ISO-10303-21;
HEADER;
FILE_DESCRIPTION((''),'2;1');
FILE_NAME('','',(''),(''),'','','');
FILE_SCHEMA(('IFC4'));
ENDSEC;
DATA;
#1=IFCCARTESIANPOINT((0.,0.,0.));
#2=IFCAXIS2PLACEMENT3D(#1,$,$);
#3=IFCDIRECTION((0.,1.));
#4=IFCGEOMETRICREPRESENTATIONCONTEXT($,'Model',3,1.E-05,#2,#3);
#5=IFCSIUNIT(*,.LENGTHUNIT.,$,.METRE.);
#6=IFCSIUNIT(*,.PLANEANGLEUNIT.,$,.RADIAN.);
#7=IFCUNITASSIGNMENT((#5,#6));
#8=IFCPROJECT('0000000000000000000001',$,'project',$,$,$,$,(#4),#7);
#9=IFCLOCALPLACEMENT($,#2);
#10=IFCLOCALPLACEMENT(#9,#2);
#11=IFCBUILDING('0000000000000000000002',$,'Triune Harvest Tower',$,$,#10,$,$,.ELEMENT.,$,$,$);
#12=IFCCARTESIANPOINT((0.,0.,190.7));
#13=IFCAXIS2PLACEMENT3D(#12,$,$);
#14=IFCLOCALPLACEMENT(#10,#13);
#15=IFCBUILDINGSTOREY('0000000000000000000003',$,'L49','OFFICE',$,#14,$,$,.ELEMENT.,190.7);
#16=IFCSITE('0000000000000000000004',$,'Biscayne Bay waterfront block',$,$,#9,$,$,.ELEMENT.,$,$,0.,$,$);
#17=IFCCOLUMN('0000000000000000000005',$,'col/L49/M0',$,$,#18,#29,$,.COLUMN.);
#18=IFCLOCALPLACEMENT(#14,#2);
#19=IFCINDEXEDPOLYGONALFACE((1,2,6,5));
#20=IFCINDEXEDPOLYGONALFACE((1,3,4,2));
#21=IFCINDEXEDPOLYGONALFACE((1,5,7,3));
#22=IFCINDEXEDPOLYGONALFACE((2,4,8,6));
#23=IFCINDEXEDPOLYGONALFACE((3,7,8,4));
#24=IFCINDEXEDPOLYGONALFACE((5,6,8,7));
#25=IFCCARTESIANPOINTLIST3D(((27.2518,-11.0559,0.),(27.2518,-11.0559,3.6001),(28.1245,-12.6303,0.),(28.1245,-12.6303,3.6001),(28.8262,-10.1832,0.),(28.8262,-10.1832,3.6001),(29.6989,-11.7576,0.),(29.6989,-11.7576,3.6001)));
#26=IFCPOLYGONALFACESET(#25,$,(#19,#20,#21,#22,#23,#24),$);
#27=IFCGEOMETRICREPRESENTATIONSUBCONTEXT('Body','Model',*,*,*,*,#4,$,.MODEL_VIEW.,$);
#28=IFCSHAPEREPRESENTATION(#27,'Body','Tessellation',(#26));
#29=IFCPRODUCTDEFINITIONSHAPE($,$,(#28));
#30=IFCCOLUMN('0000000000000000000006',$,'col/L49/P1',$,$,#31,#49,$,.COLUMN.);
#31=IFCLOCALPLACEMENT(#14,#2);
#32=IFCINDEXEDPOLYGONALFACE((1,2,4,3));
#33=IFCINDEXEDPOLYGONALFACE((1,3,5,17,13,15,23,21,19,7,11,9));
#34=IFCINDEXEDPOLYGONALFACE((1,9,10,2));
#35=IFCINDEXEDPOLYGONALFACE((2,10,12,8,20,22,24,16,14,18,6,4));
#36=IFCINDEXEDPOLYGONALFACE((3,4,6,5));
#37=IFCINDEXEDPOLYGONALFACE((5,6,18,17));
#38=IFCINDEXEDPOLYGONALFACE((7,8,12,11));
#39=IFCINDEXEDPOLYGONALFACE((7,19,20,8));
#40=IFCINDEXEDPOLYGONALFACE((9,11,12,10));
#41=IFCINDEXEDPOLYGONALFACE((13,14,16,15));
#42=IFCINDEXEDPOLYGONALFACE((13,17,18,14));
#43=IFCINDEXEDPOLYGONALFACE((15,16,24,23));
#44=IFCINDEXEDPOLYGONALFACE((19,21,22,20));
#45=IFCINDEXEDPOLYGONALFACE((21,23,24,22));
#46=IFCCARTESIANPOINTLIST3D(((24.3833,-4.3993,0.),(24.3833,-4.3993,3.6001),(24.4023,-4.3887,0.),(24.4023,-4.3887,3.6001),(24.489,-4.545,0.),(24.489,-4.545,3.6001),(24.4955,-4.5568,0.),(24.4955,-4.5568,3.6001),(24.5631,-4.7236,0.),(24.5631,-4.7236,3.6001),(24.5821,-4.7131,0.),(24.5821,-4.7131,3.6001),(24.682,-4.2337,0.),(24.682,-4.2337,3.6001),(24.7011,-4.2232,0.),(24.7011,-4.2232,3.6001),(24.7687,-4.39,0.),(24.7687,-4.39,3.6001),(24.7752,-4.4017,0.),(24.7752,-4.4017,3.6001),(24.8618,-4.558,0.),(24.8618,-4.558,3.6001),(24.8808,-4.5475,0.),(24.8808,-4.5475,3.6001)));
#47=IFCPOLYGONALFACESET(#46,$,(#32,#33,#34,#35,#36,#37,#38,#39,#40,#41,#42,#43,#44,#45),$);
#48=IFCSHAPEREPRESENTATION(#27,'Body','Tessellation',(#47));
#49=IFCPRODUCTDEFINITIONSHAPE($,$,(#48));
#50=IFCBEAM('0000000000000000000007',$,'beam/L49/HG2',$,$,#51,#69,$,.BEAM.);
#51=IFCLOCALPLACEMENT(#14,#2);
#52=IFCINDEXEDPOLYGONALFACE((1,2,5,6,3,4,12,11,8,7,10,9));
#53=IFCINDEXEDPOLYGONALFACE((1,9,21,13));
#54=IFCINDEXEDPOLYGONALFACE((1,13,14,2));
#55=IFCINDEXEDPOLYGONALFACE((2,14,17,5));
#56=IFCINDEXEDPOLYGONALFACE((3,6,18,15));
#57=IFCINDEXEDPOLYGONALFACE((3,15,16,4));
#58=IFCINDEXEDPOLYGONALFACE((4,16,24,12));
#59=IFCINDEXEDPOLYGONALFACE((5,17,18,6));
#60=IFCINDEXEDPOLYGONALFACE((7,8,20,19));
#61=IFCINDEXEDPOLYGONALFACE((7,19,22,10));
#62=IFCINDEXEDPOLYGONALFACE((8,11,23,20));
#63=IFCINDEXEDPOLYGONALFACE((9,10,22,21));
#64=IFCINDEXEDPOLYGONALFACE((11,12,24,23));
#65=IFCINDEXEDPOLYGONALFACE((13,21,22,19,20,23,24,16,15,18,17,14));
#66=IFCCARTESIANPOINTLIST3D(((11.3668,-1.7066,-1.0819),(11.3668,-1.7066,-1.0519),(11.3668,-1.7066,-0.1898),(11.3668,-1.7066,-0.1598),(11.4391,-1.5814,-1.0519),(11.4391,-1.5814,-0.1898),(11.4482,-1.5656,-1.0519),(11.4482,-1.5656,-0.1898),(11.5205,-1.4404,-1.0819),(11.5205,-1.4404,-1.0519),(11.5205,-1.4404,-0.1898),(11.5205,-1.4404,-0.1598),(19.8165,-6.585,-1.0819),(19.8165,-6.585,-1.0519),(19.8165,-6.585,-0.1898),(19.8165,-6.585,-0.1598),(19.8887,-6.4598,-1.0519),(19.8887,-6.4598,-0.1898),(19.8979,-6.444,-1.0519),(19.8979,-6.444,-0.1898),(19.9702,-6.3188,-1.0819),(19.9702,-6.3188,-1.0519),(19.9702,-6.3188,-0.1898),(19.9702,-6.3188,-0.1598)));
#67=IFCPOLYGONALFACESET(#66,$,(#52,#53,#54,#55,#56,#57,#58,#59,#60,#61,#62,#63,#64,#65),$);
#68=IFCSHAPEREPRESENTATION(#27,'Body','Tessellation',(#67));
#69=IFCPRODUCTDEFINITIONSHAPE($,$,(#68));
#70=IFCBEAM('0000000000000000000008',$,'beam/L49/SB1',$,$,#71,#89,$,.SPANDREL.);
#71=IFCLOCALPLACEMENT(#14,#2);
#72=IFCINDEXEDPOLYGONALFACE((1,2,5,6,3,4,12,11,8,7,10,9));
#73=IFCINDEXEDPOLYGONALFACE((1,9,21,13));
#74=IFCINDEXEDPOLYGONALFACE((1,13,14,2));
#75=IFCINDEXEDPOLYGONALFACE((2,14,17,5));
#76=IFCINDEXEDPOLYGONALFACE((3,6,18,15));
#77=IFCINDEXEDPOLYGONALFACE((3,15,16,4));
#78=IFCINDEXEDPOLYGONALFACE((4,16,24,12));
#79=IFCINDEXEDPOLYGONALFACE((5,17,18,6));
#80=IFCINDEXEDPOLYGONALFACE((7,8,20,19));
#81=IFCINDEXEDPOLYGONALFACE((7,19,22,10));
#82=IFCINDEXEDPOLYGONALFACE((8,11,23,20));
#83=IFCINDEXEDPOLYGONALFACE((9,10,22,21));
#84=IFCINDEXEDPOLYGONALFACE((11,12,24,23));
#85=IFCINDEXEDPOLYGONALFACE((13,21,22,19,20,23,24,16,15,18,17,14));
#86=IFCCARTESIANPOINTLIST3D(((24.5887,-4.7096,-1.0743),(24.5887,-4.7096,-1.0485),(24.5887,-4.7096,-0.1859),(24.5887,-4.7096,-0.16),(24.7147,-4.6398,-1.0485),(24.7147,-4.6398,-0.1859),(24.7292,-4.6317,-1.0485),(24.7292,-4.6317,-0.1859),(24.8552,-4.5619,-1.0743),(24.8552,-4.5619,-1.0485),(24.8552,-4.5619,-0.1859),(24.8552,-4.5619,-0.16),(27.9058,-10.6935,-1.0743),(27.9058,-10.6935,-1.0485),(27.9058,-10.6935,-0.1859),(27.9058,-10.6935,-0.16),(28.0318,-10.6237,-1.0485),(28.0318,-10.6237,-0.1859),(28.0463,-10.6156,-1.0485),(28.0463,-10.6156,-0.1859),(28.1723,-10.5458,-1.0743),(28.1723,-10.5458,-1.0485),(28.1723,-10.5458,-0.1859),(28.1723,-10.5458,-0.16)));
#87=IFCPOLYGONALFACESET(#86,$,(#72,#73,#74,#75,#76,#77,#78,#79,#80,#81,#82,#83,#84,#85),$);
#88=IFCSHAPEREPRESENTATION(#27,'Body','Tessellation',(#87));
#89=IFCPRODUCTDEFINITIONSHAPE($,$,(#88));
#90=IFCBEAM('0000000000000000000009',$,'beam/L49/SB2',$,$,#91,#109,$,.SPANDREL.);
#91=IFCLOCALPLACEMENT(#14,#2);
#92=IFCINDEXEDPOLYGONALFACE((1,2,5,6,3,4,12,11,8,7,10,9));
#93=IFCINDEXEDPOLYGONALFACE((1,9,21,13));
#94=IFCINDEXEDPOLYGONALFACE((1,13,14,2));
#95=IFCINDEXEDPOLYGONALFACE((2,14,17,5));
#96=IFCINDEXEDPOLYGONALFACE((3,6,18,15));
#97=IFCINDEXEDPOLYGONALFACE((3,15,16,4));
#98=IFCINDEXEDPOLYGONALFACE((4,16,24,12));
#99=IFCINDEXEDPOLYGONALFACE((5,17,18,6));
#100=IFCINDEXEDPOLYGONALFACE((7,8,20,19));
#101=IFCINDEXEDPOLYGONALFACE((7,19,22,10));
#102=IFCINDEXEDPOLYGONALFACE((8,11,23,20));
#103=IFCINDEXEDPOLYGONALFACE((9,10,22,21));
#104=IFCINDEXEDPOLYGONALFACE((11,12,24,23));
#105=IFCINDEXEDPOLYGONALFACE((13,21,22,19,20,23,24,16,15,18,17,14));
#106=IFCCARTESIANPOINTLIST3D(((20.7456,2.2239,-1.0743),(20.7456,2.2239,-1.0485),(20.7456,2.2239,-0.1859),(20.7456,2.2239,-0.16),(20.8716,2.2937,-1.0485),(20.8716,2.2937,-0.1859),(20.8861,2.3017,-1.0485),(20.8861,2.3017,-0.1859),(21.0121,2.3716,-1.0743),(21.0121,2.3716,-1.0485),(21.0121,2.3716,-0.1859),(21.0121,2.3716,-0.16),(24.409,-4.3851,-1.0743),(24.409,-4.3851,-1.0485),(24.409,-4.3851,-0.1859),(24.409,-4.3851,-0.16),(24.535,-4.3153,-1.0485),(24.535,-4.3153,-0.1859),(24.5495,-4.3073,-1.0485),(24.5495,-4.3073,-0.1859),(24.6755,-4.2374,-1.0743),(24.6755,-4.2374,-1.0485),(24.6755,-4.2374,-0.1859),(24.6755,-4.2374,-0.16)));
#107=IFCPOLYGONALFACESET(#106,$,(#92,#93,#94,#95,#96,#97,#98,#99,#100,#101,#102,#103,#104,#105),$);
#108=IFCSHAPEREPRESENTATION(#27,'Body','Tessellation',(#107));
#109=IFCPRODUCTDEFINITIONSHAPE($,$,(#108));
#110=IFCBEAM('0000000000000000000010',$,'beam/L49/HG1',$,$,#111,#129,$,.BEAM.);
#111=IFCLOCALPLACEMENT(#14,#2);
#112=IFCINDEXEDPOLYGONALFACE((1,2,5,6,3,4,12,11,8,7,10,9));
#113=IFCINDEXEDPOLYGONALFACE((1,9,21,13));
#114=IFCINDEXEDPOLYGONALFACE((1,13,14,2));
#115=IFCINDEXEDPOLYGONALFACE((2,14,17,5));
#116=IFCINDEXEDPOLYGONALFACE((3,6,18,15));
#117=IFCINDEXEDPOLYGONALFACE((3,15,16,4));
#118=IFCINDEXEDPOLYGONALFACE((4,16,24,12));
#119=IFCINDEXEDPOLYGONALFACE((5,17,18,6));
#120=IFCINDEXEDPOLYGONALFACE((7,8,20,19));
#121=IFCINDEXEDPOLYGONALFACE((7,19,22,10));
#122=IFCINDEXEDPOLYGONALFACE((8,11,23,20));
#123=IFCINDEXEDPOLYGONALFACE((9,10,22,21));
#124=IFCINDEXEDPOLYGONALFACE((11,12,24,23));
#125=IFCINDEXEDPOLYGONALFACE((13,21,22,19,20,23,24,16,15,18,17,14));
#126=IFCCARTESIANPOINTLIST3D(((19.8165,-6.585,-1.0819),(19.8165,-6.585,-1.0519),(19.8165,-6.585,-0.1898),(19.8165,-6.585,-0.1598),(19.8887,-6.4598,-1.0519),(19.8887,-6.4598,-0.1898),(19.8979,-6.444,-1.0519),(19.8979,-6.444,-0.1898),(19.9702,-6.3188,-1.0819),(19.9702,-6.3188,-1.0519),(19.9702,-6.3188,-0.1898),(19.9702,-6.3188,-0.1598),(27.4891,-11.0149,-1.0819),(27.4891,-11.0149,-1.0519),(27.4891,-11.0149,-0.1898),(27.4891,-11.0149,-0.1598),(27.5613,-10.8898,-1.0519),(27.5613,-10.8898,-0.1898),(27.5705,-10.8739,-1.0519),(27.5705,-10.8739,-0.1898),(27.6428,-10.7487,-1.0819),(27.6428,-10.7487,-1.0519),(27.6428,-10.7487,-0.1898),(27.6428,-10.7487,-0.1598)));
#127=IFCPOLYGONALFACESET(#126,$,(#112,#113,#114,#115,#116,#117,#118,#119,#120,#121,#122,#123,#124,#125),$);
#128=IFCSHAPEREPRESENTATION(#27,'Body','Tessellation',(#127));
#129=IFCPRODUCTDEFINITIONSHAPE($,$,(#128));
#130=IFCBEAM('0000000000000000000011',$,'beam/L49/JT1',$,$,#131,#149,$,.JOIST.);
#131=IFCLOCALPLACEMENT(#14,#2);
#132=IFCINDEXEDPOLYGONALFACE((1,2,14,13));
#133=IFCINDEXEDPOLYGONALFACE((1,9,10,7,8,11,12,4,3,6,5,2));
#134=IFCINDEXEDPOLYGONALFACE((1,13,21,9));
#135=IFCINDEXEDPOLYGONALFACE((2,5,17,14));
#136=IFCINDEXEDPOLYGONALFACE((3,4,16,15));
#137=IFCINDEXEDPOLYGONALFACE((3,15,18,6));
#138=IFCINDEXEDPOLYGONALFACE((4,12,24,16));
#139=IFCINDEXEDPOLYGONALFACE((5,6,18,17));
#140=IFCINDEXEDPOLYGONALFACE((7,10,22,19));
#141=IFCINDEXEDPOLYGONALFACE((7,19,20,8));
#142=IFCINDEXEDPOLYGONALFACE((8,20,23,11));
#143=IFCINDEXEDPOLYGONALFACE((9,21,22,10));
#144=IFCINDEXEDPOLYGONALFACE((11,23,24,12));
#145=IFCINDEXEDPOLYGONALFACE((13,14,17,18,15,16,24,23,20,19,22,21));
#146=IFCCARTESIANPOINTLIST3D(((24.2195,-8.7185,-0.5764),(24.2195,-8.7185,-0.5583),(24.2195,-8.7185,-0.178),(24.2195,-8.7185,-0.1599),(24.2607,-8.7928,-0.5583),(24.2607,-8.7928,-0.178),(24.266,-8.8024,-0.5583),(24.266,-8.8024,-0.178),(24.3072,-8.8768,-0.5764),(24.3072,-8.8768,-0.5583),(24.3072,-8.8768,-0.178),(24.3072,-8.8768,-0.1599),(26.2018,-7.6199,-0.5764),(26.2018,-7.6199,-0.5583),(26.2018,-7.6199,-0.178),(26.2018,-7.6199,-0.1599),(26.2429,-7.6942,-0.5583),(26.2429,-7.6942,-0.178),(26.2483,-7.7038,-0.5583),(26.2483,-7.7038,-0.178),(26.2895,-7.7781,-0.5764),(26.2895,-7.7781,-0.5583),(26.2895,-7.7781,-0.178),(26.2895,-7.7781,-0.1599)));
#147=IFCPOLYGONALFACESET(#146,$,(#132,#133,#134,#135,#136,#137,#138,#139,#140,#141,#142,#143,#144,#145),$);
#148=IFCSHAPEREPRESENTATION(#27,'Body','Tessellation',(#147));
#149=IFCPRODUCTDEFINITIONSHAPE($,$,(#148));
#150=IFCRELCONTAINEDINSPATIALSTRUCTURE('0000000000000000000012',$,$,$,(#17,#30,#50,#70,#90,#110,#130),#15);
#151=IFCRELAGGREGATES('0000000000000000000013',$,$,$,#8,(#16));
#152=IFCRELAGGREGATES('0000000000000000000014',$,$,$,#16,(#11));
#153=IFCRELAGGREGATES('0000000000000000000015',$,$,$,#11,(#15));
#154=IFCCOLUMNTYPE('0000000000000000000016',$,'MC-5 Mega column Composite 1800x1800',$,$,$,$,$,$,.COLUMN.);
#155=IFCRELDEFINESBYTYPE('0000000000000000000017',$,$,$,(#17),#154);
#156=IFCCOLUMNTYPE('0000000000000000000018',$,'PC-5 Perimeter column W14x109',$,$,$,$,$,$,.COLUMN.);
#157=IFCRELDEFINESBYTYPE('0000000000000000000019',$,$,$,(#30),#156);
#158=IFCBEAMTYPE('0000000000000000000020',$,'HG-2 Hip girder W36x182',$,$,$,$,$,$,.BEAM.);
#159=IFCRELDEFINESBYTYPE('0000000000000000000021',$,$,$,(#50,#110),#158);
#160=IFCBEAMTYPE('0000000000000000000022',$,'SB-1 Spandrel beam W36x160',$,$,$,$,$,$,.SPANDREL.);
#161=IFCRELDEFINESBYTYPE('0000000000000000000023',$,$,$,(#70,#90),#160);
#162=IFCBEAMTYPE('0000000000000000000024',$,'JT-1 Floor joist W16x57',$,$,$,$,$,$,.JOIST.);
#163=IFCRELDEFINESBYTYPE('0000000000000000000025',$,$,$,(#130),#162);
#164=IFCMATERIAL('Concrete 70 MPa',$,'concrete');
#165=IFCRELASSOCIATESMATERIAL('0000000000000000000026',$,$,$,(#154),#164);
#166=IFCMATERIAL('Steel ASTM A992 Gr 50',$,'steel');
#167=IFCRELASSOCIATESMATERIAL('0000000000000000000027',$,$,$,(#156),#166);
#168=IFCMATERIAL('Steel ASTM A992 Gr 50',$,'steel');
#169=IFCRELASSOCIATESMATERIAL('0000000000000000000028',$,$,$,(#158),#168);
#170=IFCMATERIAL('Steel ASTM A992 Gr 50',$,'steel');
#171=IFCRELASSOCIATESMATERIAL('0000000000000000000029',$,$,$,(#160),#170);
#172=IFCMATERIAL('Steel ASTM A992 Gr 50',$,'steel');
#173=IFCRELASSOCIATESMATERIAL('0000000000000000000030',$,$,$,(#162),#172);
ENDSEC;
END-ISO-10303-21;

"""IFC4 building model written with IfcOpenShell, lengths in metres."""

from ifc_helpers import new_model, si_unit, direction, frame, origin, origin_2d, place, context, subcontext, project, spatial, rectangle, i_section, extrude, source, transform, mapped, material, material_profile, profile_set, type_object, element, save


model = new_model("IFC4")

# Units and contexts
model_context = context("Model", 3, precision=1e-05, world=origin(), true_north=direction((0.0, 1.0)))
body_context = subcontext(model_context, "Body", "Model", "MODEL_VIEW")
ifc_project = project(units=[si_unit("LENGTHUNIT", "METRE"), si_unit("PLANEANGLEUNIT", "RADIAN")], contexts=[model_context])

# Site, building, storey
site_placement = place(None, origin())
site = spatial("IfcSite", under=ifc_project, at=site_placement, Name="Biscayne Bay waterfront block", CompositionType="ELEMENT", RefElevation=0.0)
building_placement = place(site_placement, origin())
building = spatial("IfcBuilding", under=site, at=building_placement, Name="Triune Harvest Tower", CompositionType="ELEMENT")
storey_placement = place(building_placement, frame((0.0, 0.0, 190.7)))
storey = spatial("IfcBuildingStorey", under=building, at=storey_placement, Name="L49", Description="OFFICE", CompositionType="ELEMENT", Elevation=190.7)

# Columns
ifc_material_1 = material(Name="Concrete 70 MPa", Category="concrete")
ifc_material_profile_1 = material_profile(ifc_material_1, rectangle(XDim=1.8, YDim=1.8, at=origin_2d()), Name="Composite 1800x1800")
ifc_profile_set_1 = profile_set([ifc_material_profile_1], Name="Concrete 70 MPa")
column_type_1 = type_object("IfcColumnType", Name="MC-5 Mega column Composite 1800x1800", PredefinedType="COLUMN", material=ifc_profile_set_1)
shared_shape_1 = source(origin(), body_context, "Body", "SweptSolid", [
    extrude(rectangle(XDim=1.8, YDim=1.8, at=origin_2d()), origin(), (0.0, 0.0, 1.0), 3.6001),
])
column_1_placement = place(storey_placement, frame((28.4753, -11.4067, 0.0), z_axis=(0.0, 0.0, 1.0), x_axis=(-0.48481, 0.87462, 0.0)))
element("IfcColumn", 1, at=column_1_placement, inside=storey, type_object=column_type_1, Name="col/L49/M0", PredefinedType="COLUMN", context=body_context, shape_type="MappedRepresentation", body=[
    mapped(shared_shape_1, transform((0.0, 0.0, 0.0), scale=1.0)),
])
ifc_material_2 = material(Name="Steel ASTM A992 Gr 50", Category="steel")
ifc_material_profile_2 = material_profile(ifc_material_2, i_section(OverallWidth=0.3708, OverallDepth=0.3633, WebThickness=0.0134, FlangeThickness=0.0217, at=origin_2d()), Name="W14x109")
ifc_profile_set_2 = profile_set([ifc_material_profile_2], Name="Steel ASTM A992 Gr 50")
column_type_2 = type_object("IfcColumnType", Name="PC-5 Perimeter column W14x109", PredefinedType="COLUMN", material=ifc_profile_set_2)
shared_shape_2 = source(origin(), body_context, "Body", "SweptSolid", [
    extrude(i_section(OverallWidth=0.3708, OverallDepth=0.3633, WebThickness=0.0134, FlangeThickness=0.0217, at=origin_2d()), origin(), (0.0, 0.0, 1.0), 3.6001),
])
column_2_placement = place(storey_placement, frame((24.6321, -4.4734, 0.0), z_axis=(0.0, 0.0, 1.0), x_axis=(-0.48481, 0.87462, 0.0)))
element("IfcColumn", 2, at=column_2_placement, inside=storey, type_object=column_type_2, Name="col/L49/P1", PredefinedType="COLUMN", context=body_context, shape_type="MappedRepresentation", body=[
    mapped(shared_shape_2, transform((0.0, 0.0, 0.0), scale=1.0)),
])

# Beams
ifc_material_3 = material(Name="Steel ASTM A992 Gr 50", Category="steel")
ifc_material_profile_3 = material_profile(ifc_material_3, i_section(OverallWidth=0.3074, OverallDepth=0.9221, WebThickness=0.0183, FlangeThickness=0.03, at=origin_2d()), Name="W36x182")
ifc_profile_set_3 = profile_set([ifc_material_profile_3], Name="Steel ASTM A992 Gr 50")
beam_type_1 = type_object("IfcBeamType", Name="HG-2 Hip girder W36x182", PredefinedType="BEAM", material=ifc_profile_set_3)
shared_shape_3 = source(origin(), body_context, "Body", "SweptSolid", [
    extrude(i_section(OverallWidth=0.3074, OverallDepth=0.9221, WebThickness=0.0183, FlangeThickness=0.03, at=origin_2d()), origin(), (0.0, 0.0, 1.0), 9.7568),
])
beam_1_placement = place(storey_placement, frame((19.8933, -6.4519, -0.6208), z_axis=(-0.866026, 0.499998, 0.0), x_axis=(-0.499998, -0.866026, 0.0)))
element("IfcBeam", 3, at=beam_1_placement, inside=storey, type_object=beam_type_1, Name="beam/L49/HG2", PredefinedType="BEAM", context=body_context, shape_type="MappedRepresentation", body=[
    mapped(shared_shape_3, transform((0.0, 0.0, 0.0), scale=1.0)),
])
ifc_material_4 = material(Name="Steel ASTM A992 Gr 50", Category="steel")
ifc_material_profile_4 = material_profile(ifc_material_4, i_section(OverallWidth=0.3047, OverallDepth=0.9143, WebThickness=0.0166, FlangeThickness=0.0259, at=origin_2d()), Name="W36x160")
ifc_profile_set_4 = profile_set([ifc_material_profile_4], Name="Steel ASTM A992 Gr 50")
beam_type_2 = type_object("IfcBeamType", Name="SB-1 Spandrel beam W36x160", PredefinedType="SPANDREL", material=ifc_profile_set_4)
shared_shape_4 = source(origin(), body_context, "Body", "SweptSolid", [
    extrude(i_section(OverallWidth=0.3047, OverallDepth=0.9143, WebThickness=0.0166, FlangeThickness=0.0259, at=origin_2d()), origin(), (0.0, 0.0, 1.0), 6.8418),
])
beam_2_placement = place(storey_placement, frame((28.0391, -10.6196, -0.6172), z_axis=(-0.484834, 0.874606, 0.0), x_axis=(-0.874606, -0.484834, 0.0)))
element("IfcBeam", 4, at=beam_2_placement, inside=storey, type_object=beam_type_2, Name="beam/L49/SB1", PredefinedType="SPANDREL", context=body_context, shape_type="MappedRepresentation", body=[
    mapped(shared_shape_4, transform((0.0, 0.0, 0.0), scale=1.0)),
])
shared_shape_5 = source(origin(), body_context, "Body", "SweptSolid", [
    extrude(i_section(OverallWidth=0.3047, OverallDepth=0.9143, WebThickness=0.0166, FlangeThickness=0.0259, at=origin_2d()), origin(), (0.0, 0.0, 1.0), 7.5564),
])
beam_3_placement = place(storey_placement, frame((24.5422, -4.3113, -0.6172), z_axis=(-0.484806, 0.874622, 0.0), x_axis=(-0.874622, -0.484806, 0.0)))
element("IfcBeam", 5, at=beam_3_placement, inside=storey, type_object=beam_type_2, Name="beam/L49/SB2", PredefinedType="SPANDREL", context=body_context, shape_type="MappedRepresentation", body=[
    mapped(shared_shape_5, transform((0.0, 0.0, 0.0), scale=1.0)),
])
shared_shape_6 = source(origin(), body_context, "Body", "SweptSolid", [
    extrude(i_section(OverallWidth=0.3074, OverallDepth=0.9221, WebThickness=0.0183, FlangeThickness=0.03, at=origin_2d()), origin(), (0.0, 0.0, 1.0), 8.8596),
])
beam_4_placement = place(storey_placement, frame((27.5659, -10.8818, -0.6208), z_axis=(-0.866018, 0.500013, 0.0), x_axis=(-0.500013, -0.866018, 0.0)))
element("IfcBeam", 6, at=beam_4_placement, inside=storey, type_object=beam_type_1, Name="beam/L49/HG1", PredefinedType="BEAM", context=body_context, shape_type="MappedRepresentation", body=[
    mapped(shared_shape_6, transform((0.0, 0.0, 0.0), scale=1.0)),
])
ifc_material_5 = material(Name="Steel ASTM A992 Gr 50", Category="steel")
ifc_material_profile_5 = material_profile(ifc_material_5, i_section(OverallWidth=0.1809, OverallDepth=0.4165, WebThickness=0.011, FlangeThickness=0.0181, at=origin_2d()), Name="W16x57")
ifc_profile_set_5 = profile_set([ifc_material_profile_5], Name="Steel ASTM A992 Gr 50")
beam_type_3 = type_object("IfcBeamType", Name="JT-1 Floor joist W16x57", PredefinedType="JOIST", material=ifc_profile_set_5)
shared_shape_7 = source(origin(), body_context, "Body", "SweptSolid", [
    extrude(i_section(OverallWidth=0.1809, OverallDepth=0.4165, WebThickness=0.011, FlangeThickness=0.0181, at=origin_2d()), origin(), (0.0, 0.0, 1.0), 2.2664),
])
beam_5_placement = place(storey_placement, frame((26.2456, -7.699, -0.3682), z_axis=(-0.87464, -0.484774, 0.0), x_axis=(0.484774, -0.87464, 0.0)))
element("IfcBeam", 7, at=beam_5_placement, inside=storey, type_object=beam_type_3, Name="beam/L49/JT1", PredefinedType="JOIST", context=body_context, shape_type="MappedRepresentation", body=[
    mapped(shared_shape_7, transform((0.0, 0.0, 0.0), scale=1.0)),
])

save(model, "model.ifc")
